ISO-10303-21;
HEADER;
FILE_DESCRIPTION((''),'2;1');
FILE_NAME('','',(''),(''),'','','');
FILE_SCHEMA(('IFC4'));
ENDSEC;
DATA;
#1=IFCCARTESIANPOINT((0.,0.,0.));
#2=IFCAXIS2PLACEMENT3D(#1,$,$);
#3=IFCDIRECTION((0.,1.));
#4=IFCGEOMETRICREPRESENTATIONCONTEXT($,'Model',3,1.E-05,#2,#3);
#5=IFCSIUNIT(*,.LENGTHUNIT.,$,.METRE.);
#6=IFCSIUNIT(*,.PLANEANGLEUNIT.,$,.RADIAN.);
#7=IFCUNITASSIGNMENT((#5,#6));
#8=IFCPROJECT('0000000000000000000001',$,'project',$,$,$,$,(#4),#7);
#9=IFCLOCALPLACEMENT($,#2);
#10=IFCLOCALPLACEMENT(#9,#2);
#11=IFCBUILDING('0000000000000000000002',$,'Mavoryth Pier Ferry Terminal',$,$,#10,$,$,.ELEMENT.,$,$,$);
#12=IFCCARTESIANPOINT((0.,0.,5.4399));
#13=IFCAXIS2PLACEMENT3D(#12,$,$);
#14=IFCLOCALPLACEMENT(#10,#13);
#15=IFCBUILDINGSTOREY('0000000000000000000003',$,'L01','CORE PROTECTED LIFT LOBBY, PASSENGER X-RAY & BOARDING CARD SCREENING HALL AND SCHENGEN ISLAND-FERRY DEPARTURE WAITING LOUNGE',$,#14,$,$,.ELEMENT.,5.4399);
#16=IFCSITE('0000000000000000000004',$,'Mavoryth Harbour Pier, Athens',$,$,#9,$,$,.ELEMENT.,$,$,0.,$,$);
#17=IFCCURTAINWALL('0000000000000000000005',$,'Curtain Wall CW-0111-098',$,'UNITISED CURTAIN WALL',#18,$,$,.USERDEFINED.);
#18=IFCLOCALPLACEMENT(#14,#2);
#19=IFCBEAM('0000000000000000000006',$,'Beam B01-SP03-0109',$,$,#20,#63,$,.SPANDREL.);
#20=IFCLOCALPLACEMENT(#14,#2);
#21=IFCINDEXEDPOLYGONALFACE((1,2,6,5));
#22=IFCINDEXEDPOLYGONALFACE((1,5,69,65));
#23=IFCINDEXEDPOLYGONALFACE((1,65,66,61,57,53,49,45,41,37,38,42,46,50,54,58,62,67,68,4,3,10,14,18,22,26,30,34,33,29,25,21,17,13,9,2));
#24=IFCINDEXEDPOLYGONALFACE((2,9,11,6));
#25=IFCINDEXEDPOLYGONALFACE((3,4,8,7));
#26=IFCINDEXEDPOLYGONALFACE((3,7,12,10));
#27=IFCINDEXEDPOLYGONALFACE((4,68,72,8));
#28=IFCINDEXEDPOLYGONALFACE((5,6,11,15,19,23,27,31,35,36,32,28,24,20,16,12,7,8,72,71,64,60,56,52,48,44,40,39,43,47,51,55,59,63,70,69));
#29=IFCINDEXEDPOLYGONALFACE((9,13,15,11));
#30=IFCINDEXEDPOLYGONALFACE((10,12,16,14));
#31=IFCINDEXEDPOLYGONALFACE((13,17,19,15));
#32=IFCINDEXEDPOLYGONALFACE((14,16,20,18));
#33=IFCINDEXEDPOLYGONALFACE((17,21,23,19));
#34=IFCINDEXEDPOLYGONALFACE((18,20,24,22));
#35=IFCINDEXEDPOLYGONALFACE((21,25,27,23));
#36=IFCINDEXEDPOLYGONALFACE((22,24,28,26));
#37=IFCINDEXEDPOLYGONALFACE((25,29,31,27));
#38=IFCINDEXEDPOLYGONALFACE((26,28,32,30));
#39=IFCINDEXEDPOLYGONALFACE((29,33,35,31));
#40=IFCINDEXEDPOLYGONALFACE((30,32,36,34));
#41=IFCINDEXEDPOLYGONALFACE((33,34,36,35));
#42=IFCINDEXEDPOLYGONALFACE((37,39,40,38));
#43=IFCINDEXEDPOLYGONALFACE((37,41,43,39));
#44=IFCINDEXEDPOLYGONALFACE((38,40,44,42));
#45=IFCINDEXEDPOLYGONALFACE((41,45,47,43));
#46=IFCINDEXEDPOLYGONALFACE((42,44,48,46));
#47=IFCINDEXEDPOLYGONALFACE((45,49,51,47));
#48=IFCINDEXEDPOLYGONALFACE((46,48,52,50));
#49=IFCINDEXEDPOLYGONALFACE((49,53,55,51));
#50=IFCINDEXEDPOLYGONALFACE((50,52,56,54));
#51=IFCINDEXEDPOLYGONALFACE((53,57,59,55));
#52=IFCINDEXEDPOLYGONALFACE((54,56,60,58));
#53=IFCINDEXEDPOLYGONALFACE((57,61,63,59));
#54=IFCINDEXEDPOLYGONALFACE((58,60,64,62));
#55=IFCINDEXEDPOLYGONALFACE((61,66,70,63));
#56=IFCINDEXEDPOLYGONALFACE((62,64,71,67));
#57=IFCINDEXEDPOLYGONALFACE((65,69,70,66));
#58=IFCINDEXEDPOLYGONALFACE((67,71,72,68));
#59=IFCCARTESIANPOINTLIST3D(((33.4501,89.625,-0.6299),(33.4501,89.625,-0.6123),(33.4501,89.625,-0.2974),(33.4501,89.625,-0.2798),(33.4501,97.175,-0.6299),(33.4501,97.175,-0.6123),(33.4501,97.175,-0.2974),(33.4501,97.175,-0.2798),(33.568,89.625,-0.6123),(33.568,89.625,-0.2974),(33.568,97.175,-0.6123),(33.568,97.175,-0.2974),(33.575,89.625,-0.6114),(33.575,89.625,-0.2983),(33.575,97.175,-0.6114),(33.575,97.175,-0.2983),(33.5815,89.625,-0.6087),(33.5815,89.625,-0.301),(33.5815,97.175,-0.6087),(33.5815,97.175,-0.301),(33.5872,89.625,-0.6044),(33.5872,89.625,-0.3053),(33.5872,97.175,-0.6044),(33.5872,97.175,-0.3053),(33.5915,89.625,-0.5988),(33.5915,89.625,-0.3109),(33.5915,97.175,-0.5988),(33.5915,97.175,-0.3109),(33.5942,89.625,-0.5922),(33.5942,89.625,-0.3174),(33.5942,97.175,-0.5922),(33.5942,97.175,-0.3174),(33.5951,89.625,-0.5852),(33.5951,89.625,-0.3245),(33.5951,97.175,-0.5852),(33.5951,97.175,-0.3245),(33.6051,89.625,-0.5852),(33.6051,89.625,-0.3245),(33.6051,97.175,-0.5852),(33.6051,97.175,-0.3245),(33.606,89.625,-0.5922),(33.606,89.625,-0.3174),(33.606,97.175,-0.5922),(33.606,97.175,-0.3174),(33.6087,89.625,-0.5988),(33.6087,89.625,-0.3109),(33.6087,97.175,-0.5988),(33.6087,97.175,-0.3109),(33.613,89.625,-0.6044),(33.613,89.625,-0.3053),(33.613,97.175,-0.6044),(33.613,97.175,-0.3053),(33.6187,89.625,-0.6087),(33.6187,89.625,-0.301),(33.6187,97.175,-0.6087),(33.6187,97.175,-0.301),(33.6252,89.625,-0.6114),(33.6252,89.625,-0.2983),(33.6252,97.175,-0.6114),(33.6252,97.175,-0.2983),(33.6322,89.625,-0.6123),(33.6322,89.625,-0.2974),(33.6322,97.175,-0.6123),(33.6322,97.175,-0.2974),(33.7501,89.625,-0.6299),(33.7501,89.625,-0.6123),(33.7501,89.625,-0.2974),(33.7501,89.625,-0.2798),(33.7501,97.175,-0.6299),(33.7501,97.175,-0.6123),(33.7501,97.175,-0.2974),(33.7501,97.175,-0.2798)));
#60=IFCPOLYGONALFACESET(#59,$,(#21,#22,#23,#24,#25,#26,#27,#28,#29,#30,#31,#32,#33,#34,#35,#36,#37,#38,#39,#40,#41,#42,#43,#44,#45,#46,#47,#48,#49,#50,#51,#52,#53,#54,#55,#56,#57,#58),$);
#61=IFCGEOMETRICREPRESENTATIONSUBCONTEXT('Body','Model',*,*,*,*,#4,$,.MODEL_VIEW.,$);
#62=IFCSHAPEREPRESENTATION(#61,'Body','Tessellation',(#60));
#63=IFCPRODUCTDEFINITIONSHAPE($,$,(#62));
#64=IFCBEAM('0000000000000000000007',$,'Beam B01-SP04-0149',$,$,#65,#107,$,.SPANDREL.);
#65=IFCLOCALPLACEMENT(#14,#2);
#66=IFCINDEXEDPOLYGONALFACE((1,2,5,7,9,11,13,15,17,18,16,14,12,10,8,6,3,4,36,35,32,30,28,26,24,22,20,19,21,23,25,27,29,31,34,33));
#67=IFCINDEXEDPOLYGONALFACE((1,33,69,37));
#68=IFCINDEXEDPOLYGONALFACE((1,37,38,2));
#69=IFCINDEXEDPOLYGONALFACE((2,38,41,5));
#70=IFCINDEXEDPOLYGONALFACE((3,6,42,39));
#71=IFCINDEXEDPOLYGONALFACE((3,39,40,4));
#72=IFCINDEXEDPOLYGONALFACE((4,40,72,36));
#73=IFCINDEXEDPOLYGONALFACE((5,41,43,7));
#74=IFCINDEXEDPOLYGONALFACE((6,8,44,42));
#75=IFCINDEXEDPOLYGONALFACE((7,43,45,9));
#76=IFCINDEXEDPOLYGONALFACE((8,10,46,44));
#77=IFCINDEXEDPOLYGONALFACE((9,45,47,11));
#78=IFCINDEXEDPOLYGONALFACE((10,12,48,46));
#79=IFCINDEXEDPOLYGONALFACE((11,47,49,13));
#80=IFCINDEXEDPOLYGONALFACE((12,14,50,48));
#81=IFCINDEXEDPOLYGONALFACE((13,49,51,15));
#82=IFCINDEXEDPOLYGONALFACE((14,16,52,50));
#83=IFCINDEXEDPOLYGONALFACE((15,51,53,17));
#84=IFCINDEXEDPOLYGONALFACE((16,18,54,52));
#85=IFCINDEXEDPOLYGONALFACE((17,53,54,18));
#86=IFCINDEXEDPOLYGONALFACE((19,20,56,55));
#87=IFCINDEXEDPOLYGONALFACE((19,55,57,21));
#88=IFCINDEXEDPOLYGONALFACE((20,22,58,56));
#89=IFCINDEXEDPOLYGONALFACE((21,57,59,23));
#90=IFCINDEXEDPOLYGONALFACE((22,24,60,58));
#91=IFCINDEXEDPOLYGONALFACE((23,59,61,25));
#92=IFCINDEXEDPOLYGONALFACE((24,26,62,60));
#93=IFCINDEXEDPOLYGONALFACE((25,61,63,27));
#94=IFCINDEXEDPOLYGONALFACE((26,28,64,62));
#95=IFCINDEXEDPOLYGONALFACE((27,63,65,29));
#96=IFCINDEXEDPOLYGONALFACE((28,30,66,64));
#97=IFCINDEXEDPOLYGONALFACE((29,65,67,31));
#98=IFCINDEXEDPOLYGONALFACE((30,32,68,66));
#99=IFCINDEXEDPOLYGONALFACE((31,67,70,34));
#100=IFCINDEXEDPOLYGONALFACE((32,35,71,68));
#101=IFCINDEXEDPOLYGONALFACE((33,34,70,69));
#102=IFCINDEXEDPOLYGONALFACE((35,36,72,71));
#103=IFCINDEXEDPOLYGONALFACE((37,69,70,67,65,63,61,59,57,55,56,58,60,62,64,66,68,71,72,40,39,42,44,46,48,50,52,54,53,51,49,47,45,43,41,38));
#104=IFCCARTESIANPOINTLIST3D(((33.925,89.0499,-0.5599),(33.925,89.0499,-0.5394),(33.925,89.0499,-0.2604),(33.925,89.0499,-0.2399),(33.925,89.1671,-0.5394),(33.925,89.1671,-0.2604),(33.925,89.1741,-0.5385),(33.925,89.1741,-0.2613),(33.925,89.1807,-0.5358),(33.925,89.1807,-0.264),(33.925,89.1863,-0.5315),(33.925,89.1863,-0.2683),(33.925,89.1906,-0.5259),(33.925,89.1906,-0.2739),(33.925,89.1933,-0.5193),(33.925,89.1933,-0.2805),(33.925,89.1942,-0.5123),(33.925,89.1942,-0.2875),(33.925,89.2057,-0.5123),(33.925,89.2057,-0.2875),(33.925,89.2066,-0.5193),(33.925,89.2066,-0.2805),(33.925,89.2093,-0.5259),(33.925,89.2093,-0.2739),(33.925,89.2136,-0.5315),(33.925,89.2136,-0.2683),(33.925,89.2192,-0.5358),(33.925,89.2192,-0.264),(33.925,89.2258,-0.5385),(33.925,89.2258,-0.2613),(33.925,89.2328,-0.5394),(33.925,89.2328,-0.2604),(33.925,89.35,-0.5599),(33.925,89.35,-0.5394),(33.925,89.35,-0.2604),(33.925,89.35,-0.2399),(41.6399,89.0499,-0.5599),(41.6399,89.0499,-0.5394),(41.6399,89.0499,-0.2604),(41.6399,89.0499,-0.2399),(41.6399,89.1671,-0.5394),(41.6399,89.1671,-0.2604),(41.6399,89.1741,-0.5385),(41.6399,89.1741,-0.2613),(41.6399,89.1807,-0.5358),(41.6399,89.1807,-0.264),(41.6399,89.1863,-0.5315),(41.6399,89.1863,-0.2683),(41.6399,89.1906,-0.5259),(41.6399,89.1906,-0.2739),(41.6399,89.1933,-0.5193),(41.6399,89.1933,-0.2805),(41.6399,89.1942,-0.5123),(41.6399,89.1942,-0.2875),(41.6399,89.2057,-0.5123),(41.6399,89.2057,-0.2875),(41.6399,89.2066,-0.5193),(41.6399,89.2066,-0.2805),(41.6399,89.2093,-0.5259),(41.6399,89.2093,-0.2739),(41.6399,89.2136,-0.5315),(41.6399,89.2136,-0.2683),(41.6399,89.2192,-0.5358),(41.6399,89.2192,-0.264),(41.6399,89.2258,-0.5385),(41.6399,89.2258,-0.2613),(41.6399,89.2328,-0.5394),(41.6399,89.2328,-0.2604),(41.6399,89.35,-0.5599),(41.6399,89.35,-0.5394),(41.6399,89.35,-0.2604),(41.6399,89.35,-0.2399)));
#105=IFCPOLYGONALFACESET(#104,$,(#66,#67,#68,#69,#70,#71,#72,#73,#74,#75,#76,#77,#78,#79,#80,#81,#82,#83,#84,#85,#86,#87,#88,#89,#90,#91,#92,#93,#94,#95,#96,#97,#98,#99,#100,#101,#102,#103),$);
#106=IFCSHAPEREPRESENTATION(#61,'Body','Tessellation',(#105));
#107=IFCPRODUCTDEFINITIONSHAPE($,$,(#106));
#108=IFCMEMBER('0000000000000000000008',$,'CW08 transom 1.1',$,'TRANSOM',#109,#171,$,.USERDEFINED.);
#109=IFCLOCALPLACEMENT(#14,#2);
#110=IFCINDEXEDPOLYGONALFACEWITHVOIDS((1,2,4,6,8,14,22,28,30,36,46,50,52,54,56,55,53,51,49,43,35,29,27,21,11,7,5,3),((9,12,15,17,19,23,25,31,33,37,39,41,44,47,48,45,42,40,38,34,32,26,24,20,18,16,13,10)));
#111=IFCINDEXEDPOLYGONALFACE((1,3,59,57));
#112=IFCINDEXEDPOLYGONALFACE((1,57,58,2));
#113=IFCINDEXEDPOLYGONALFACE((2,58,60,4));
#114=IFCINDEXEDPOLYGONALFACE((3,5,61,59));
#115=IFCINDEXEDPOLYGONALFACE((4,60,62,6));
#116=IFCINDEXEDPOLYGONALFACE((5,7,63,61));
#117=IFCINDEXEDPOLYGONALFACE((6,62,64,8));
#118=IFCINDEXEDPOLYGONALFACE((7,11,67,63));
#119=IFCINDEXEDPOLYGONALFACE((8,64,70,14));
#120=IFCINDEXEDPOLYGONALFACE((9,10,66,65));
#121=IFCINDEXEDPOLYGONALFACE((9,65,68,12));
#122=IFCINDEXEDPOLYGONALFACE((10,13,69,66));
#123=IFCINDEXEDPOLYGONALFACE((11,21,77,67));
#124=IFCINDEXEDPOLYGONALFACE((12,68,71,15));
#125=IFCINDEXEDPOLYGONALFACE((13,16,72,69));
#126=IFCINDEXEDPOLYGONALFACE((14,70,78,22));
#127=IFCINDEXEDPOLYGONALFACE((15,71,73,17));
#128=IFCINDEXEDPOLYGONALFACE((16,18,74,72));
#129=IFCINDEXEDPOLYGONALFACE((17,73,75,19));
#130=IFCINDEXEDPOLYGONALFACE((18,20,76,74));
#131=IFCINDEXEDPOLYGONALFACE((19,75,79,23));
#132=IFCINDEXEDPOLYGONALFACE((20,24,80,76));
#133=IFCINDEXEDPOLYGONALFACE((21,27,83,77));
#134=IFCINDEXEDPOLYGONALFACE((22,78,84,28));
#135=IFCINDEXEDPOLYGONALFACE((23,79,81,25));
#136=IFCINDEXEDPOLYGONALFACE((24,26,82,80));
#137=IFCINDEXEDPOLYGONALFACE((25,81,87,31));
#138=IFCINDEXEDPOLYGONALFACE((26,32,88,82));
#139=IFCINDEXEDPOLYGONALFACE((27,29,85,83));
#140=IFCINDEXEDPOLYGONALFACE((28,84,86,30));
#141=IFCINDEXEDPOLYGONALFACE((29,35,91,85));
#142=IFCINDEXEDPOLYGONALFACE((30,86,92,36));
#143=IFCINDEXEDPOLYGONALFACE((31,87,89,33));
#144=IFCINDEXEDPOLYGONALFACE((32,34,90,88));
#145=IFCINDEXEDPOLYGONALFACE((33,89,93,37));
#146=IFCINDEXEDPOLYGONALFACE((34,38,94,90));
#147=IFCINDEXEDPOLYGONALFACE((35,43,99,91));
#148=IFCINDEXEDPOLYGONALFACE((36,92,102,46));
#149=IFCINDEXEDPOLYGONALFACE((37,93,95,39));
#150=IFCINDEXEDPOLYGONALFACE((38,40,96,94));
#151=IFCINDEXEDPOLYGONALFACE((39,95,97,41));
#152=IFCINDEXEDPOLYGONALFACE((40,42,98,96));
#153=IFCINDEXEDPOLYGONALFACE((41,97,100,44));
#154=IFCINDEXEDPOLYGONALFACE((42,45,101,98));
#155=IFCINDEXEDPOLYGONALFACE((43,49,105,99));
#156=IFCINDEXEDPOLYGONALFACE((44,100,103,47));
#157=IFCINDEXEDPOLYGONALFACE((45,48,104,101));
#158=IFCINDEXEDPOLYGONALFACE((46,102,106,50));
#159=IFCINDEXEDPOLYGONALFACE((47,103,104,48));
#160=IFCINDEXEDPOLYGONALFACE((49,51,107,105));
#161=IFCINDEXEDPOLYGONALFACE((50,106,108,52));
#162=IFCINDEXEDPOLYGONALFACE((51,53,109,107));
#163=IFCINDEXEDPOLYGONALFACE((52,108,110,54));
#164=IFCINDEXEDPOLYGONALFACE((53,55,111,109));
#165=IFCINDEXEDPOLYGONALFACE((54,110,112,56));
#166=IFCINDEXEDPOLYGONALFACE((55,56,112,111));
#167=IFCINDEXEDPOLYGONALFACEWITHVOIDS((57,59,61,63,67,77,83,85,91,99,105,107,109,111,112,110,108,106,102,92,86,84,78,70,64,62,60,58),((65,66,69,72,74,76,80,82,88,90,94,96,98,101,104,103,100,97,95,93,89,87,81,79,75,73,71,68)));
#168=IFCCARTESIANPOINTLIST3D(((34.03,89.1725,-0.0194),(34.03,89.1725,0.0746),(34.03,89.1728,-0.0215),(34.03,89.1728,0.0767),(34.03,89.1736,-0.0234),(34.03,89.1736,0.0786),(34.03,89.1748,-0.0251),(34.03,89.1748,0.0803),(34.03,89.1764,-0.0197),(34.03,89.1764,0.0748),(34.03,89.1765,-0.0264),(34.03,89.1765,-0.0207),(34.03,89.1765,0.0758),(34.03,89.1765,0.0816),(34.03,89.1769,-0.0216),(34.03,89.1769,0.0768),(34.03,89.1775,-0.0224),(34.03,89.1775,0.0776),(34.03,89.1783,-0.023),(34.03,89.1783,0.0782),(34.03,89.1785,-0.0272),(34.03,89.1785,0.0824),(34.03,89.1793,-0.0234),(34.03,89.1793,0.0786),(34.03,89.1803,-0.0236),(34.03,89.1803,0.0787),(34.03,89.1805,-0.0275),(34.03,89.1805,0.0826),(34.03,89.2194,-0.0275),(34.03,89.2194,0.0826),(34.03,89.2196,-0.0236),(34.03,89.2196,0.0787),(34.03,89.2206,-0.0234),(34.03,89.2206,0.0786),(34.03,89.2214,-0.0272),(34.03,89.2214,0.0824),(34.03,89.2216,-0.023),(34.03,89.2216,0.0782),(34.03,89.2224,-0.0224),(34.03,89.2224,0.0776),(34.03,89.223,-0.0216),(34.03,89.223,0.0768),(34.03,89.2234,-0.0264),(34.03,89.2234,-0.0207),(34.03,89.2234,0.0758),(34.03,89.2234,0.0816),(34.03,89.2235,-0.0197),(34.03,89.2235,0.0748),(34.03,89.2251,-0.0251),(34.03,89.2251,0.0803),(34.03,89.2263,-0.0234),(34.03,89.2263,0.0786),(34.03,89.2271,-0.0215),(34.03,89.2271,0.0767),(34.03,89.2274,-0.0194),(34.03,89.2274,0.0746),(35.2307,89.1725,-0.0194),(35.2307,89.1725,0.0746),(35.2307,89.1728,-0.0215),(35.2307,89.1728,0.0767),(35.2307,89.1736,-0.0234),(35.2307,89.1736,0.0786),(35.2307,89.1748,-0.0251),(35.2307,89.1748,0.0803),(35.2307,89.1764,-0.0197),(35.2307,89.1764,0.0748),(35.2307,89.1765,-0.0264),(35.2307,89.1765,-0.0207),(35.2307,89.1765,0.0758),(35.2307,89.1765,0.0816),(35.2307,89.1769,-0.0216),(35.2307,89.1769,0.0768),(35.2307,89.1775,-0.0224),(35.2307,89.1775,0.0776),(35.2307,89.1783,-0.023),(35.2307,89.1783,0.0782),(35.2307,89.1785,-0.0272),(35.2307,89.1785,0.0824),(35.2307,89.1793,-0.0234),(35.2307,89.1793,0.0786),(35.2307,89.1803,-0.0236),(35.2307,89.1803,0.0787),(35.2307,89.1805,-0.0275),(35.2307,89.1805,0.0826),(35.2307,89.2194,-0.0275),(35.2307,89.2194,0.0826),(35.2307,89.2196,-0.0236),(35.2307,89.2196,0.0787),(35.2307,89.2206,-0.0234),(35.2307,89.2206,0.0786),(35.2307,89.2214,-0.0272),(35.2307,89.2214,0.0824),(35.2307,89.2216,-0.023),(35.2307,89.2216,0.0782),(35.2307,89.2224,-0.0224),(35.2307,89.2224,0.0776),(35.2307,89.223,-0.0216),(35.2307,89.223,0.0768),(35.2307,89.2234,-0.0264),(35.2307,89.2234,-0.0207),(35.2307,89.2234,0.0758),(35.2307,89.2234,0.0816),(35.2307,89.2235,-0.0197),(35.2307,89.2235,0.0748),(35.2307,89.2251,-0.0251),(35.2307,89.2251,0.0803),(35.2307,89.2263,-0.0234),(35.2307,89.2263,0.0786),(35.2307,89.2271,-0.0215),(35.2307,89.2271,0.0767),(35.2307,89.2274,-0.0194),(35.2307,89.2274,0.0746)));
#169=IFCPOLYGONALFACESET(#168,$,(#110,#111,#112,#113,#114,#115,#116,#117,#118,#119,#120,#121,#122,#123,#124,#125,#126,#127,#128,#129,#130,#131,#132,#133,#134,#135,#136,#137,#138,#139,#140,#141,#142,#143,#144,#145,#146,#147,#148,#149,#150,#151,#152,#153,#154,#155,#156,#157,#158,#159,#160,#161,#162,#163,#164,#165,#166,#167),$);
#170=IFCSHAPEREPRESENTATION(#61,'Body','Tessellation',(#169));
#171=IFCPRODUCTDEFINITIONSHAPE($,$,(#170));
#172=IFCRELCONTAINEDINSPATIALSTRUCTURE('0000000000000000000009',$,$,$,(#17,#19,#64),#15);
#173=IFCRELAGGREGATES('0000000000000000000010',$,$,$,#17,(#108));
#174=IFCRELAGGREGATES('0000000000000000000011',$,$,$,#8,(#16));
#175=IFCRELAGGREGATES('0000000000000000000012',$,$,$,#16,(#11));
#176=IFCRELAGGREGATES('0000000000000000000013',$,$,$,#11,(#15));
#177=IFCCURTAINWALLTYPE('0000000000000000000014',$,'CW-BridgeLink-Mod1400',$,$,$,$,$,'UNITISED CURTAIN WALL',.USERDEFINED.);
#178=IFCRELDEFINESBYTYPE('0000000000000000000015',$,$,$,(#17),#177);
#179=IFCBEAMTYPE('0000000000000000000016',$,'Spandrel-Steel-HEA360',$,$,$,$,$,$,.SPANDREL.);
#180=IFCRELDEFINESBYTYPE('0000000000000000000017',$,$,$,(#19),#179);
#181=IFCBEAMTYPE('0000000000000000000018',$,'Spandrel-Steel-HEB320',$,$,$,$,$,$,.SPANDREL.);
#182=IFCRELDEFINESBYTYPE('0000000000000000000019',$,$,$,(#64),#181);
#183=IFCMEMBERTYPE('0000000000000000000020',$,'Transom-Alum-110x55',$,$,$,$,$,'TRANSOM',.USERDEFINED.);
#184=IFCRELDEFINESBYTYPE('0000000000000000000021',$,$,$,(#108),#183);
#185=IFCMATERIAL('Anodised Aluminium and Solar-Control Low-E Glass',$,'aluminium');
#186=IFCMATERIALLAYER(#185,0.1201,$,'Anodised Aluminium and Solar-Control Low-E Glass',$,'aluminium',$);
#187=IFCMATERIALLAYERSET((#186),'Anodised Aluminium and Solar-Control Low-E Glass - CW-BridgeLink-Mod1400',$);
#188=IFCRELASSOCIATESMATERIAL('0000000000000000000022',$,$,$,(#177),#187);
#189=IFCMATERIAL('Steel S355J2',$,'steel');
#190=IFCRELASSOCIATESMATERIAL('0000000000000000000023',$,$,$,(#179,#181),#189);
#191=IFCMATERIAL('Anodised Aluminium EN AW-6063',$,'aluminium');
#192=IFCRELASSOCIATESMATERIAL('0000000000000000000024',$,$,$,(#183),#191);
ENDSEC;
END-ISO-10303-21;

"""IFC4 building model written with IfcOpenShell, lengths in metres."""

from ifc_helpers import new_model, si_unit, direction, frame, origin, origin_2d, place, context, subcontext, project, spatial, hollow_rectangle, i_section, extrude, material, layer, layer_set, material_profile, profile_set, type_object, element, aggregate, save


model = new_model("IFC4")

# Units and contexts
model_context = context("Model", 3, precision=1e-05, world=origin(), true_north=direction((0.0, 1.0)))
body_context = subcontext(model_context, "Body", "Model", "MODEL_VIEW")
ifc_project = project(units=[si_unit("LENGTHUNIT", "METRE"), si_unit("PLANEANGLEUNIT", "RADIAN")], contexts=[model_context])

# Site, building, storey
site_placement = place(None, origin())
site = spatial("IfcSite", under=ifc_project, at=site_placement, Name="Mavoryth Harbour Pier, Athens", CompositionType="ELEMENT", RefElevation=0.0)
building_placement = place(site_placement, origin())
building = spatial("IfcBuilding", under=site, at=building_placement, Name="Mavoryth Pier Ferry Terminal", CompositionType="ELEMENT")
storey_placement = place(building_placement, frame((0.0, 0.0, 5.4399)))
storey = spatial("IfcBuildingStorey", under=building, at=storey_placement, Name="L01", Description="CORE PROTECTED LIFT LOBBY, PASSENGER X-RAY & BOARDING CARD SCREENING HALL AND SCHENGEN ISLAND-FERRY DEPARTURE WAITING LOUNGE", CompositionType="ELEMENT", Elevation=5.4399)

# Shared definitions
ifc_material_1 = material(Name="Steel S355J2", Category="steel")

# Curtain wall
ifc_material_2 = material(Name="Anodised Aluminium and Solar-Control Low-E Glass", Category="aluminium")
ifc_layer_1 = layer(ifc_material_2, 0.1201, Name="Anodised Aluminium and Solar-Control Low-E Glass", Category="aluminium")
ifc_layer_set_1 = layer_set([ifc_layer_1], Name="Anodised Aluminium and Solar-Control Low-E Glass - CW-BridgeLink-Mod1400")
curtain_wall_type = type_object("IfcCurtainWallType", Name="CW-BridgeLink-Mod1400", ElementType="UNITISED CURTAIN WALL", PredefinedType="USERDEFINED", material=ifc_layer_set_1)
curtain_wall_placement = place(storey_placement, origin())
curtain_wall = element("IfcCurtainWall", 1, at=curtain_wall_placement, inside=storey, type_object=curtain_wall_type, Name="Curtain Wall CW-0111-098", ObjectType="UNITISED CURTAIN WALL", PredefinedType="USERDEFINED")
ifc_material_3 = material(Name="Anodised Aluminium EN AW-6063", Category="aluminium")

# Beams
ifc_material_profile_1 = material_profile(ifc_material_1, i_section(OverallWidth=0.3, OverallDepth=0.3501, WebThickness=0.01, FlangeThickness=0.0176, FilletRadius=0.0271, at=origin_2d()), Name="HEA 360", Category="steel")
ifc_profile_set_1 = profile_set([ifc_material_profile_1], Name="Steel S355J2 - HEA 360")
beam_type_1 = type_object("IfcBeamType", Name="Spandrel-Steel-HEA360", PredefinedType="SPANDREL", material=ifc_profile_set_1)
beam_1_placement = place(storey_placement, frame((33.6001, 89.625, -0.4548), z_axis=(0.0, 1.0, 0.0), x_axis=(-1.0, 0.0, 0.0)))
element("IfcBeam", 2, at=beam_1_placement, inside=storey, type_object=beam_type_1, Name="Beam B01-SP03-0109", PredefinedType="SPANDREL", context=body_context, shape_type="SweptSolid", body=[
    extrude(i_section(OverallWidth=0.3, OverallDepth=0.3501, WebThickness=0.01, FlangeThickness=0.0176, FilletRadius=0.0271, at=origin_2d()), origin(), (0.0, 0.0, 1.0), 7.55),
])
ifc_material_profile_2 = material_profile(ifc_material_1, i_section(OverallWidth=0.3, OverallDepth=0.3201, WebThickness=0.0115, FlangeThickness=0.0205, FilletRadius=0.0271, at=origin_2d()), Name="HEB 320", Category="steel")
ifc_profile_set_2 = profile_set([ifc_material_profile_2], Name="Steel S355J2 - HEB 320")
beam_type_2 = type_object("IfcBeamType", Name="Spandrel-Steel-HEB320", PredefinedType="SPANDREL", material=ifc_profile_set_2)
beam_2_placement = place(storey_placement, frame((33.925, 89.2, -0.3999), z_axis=(1.0, 0.0, 0.0), x_axis=(0.0, 1.0, 0.0)))
element("IfcBeam", 3, at=beam_2_placement, inside=storey, type_object=beam_type_2, Name="Beam B01-SP04-0149", PredefinedType="SPANDREL", context=body_context, shape_type="SweptSolid", body=[
    extrude(i_section(OverallWidth=0.3, OverallDepth=0.3201, WebThickness=0.0115, FlangeThickness=0.0205, FilletRadius=0.0271, at=origin_2d()), origin(), (0.0, 0.0, 1.0), 7.7148),
])

# Member
ifc_material_profile_3 = material_profile(ifc_material_3, hollow_rectangle(XDim=0.0549, YDim=0.1101, WallThickness=0.0039, InnerFilletRadius=0.0039, OuterFilletRadius=0.0081, at=origin_2d()), Name="AL-TRAN 110x55x4", Category="aluminium")
ifc_profile_set_3 = profile_set([ifc_material_profile_3], Name="Anodised Aluminium EN AW-6063 - AL-TRAN 110x55x4")
member_type_1 = type_object("IfcMemberType", Name="Transom-Alum-110x55", ElementType="TRANSOM", PredefinedType="USERDEFINED", material=ifc_profile_set_3)
member_1_placement = place(storey_placement, frame((34.03, 89.2, 0.0276), z_axis=(1.0, 0.0, 0.0), x_axis=(0.0, 1.0, 0.0)))
member_1 = element("IfcMember", 4, at=member_1_placement, type_object=member_type_1, Name="CW08 transom 1.1", ObjectType="TRANSOM", PredefinedType="USERDEFINED", context=body_context, shape_type="SweptSolid", body=[
    extrude(hollow_rectangle(XDim=0.0549, YDim=0.1101, WallThickness=0.0039, InnerFilletRadius=0.0039, OuterFilletRadius=0.0081, at=origin_2d()), origin(), (0.0, 0.0, 1.0), 1.2007),
])
aggregate(curtain_wall, [member_1])

save(model, "model.ifc")
